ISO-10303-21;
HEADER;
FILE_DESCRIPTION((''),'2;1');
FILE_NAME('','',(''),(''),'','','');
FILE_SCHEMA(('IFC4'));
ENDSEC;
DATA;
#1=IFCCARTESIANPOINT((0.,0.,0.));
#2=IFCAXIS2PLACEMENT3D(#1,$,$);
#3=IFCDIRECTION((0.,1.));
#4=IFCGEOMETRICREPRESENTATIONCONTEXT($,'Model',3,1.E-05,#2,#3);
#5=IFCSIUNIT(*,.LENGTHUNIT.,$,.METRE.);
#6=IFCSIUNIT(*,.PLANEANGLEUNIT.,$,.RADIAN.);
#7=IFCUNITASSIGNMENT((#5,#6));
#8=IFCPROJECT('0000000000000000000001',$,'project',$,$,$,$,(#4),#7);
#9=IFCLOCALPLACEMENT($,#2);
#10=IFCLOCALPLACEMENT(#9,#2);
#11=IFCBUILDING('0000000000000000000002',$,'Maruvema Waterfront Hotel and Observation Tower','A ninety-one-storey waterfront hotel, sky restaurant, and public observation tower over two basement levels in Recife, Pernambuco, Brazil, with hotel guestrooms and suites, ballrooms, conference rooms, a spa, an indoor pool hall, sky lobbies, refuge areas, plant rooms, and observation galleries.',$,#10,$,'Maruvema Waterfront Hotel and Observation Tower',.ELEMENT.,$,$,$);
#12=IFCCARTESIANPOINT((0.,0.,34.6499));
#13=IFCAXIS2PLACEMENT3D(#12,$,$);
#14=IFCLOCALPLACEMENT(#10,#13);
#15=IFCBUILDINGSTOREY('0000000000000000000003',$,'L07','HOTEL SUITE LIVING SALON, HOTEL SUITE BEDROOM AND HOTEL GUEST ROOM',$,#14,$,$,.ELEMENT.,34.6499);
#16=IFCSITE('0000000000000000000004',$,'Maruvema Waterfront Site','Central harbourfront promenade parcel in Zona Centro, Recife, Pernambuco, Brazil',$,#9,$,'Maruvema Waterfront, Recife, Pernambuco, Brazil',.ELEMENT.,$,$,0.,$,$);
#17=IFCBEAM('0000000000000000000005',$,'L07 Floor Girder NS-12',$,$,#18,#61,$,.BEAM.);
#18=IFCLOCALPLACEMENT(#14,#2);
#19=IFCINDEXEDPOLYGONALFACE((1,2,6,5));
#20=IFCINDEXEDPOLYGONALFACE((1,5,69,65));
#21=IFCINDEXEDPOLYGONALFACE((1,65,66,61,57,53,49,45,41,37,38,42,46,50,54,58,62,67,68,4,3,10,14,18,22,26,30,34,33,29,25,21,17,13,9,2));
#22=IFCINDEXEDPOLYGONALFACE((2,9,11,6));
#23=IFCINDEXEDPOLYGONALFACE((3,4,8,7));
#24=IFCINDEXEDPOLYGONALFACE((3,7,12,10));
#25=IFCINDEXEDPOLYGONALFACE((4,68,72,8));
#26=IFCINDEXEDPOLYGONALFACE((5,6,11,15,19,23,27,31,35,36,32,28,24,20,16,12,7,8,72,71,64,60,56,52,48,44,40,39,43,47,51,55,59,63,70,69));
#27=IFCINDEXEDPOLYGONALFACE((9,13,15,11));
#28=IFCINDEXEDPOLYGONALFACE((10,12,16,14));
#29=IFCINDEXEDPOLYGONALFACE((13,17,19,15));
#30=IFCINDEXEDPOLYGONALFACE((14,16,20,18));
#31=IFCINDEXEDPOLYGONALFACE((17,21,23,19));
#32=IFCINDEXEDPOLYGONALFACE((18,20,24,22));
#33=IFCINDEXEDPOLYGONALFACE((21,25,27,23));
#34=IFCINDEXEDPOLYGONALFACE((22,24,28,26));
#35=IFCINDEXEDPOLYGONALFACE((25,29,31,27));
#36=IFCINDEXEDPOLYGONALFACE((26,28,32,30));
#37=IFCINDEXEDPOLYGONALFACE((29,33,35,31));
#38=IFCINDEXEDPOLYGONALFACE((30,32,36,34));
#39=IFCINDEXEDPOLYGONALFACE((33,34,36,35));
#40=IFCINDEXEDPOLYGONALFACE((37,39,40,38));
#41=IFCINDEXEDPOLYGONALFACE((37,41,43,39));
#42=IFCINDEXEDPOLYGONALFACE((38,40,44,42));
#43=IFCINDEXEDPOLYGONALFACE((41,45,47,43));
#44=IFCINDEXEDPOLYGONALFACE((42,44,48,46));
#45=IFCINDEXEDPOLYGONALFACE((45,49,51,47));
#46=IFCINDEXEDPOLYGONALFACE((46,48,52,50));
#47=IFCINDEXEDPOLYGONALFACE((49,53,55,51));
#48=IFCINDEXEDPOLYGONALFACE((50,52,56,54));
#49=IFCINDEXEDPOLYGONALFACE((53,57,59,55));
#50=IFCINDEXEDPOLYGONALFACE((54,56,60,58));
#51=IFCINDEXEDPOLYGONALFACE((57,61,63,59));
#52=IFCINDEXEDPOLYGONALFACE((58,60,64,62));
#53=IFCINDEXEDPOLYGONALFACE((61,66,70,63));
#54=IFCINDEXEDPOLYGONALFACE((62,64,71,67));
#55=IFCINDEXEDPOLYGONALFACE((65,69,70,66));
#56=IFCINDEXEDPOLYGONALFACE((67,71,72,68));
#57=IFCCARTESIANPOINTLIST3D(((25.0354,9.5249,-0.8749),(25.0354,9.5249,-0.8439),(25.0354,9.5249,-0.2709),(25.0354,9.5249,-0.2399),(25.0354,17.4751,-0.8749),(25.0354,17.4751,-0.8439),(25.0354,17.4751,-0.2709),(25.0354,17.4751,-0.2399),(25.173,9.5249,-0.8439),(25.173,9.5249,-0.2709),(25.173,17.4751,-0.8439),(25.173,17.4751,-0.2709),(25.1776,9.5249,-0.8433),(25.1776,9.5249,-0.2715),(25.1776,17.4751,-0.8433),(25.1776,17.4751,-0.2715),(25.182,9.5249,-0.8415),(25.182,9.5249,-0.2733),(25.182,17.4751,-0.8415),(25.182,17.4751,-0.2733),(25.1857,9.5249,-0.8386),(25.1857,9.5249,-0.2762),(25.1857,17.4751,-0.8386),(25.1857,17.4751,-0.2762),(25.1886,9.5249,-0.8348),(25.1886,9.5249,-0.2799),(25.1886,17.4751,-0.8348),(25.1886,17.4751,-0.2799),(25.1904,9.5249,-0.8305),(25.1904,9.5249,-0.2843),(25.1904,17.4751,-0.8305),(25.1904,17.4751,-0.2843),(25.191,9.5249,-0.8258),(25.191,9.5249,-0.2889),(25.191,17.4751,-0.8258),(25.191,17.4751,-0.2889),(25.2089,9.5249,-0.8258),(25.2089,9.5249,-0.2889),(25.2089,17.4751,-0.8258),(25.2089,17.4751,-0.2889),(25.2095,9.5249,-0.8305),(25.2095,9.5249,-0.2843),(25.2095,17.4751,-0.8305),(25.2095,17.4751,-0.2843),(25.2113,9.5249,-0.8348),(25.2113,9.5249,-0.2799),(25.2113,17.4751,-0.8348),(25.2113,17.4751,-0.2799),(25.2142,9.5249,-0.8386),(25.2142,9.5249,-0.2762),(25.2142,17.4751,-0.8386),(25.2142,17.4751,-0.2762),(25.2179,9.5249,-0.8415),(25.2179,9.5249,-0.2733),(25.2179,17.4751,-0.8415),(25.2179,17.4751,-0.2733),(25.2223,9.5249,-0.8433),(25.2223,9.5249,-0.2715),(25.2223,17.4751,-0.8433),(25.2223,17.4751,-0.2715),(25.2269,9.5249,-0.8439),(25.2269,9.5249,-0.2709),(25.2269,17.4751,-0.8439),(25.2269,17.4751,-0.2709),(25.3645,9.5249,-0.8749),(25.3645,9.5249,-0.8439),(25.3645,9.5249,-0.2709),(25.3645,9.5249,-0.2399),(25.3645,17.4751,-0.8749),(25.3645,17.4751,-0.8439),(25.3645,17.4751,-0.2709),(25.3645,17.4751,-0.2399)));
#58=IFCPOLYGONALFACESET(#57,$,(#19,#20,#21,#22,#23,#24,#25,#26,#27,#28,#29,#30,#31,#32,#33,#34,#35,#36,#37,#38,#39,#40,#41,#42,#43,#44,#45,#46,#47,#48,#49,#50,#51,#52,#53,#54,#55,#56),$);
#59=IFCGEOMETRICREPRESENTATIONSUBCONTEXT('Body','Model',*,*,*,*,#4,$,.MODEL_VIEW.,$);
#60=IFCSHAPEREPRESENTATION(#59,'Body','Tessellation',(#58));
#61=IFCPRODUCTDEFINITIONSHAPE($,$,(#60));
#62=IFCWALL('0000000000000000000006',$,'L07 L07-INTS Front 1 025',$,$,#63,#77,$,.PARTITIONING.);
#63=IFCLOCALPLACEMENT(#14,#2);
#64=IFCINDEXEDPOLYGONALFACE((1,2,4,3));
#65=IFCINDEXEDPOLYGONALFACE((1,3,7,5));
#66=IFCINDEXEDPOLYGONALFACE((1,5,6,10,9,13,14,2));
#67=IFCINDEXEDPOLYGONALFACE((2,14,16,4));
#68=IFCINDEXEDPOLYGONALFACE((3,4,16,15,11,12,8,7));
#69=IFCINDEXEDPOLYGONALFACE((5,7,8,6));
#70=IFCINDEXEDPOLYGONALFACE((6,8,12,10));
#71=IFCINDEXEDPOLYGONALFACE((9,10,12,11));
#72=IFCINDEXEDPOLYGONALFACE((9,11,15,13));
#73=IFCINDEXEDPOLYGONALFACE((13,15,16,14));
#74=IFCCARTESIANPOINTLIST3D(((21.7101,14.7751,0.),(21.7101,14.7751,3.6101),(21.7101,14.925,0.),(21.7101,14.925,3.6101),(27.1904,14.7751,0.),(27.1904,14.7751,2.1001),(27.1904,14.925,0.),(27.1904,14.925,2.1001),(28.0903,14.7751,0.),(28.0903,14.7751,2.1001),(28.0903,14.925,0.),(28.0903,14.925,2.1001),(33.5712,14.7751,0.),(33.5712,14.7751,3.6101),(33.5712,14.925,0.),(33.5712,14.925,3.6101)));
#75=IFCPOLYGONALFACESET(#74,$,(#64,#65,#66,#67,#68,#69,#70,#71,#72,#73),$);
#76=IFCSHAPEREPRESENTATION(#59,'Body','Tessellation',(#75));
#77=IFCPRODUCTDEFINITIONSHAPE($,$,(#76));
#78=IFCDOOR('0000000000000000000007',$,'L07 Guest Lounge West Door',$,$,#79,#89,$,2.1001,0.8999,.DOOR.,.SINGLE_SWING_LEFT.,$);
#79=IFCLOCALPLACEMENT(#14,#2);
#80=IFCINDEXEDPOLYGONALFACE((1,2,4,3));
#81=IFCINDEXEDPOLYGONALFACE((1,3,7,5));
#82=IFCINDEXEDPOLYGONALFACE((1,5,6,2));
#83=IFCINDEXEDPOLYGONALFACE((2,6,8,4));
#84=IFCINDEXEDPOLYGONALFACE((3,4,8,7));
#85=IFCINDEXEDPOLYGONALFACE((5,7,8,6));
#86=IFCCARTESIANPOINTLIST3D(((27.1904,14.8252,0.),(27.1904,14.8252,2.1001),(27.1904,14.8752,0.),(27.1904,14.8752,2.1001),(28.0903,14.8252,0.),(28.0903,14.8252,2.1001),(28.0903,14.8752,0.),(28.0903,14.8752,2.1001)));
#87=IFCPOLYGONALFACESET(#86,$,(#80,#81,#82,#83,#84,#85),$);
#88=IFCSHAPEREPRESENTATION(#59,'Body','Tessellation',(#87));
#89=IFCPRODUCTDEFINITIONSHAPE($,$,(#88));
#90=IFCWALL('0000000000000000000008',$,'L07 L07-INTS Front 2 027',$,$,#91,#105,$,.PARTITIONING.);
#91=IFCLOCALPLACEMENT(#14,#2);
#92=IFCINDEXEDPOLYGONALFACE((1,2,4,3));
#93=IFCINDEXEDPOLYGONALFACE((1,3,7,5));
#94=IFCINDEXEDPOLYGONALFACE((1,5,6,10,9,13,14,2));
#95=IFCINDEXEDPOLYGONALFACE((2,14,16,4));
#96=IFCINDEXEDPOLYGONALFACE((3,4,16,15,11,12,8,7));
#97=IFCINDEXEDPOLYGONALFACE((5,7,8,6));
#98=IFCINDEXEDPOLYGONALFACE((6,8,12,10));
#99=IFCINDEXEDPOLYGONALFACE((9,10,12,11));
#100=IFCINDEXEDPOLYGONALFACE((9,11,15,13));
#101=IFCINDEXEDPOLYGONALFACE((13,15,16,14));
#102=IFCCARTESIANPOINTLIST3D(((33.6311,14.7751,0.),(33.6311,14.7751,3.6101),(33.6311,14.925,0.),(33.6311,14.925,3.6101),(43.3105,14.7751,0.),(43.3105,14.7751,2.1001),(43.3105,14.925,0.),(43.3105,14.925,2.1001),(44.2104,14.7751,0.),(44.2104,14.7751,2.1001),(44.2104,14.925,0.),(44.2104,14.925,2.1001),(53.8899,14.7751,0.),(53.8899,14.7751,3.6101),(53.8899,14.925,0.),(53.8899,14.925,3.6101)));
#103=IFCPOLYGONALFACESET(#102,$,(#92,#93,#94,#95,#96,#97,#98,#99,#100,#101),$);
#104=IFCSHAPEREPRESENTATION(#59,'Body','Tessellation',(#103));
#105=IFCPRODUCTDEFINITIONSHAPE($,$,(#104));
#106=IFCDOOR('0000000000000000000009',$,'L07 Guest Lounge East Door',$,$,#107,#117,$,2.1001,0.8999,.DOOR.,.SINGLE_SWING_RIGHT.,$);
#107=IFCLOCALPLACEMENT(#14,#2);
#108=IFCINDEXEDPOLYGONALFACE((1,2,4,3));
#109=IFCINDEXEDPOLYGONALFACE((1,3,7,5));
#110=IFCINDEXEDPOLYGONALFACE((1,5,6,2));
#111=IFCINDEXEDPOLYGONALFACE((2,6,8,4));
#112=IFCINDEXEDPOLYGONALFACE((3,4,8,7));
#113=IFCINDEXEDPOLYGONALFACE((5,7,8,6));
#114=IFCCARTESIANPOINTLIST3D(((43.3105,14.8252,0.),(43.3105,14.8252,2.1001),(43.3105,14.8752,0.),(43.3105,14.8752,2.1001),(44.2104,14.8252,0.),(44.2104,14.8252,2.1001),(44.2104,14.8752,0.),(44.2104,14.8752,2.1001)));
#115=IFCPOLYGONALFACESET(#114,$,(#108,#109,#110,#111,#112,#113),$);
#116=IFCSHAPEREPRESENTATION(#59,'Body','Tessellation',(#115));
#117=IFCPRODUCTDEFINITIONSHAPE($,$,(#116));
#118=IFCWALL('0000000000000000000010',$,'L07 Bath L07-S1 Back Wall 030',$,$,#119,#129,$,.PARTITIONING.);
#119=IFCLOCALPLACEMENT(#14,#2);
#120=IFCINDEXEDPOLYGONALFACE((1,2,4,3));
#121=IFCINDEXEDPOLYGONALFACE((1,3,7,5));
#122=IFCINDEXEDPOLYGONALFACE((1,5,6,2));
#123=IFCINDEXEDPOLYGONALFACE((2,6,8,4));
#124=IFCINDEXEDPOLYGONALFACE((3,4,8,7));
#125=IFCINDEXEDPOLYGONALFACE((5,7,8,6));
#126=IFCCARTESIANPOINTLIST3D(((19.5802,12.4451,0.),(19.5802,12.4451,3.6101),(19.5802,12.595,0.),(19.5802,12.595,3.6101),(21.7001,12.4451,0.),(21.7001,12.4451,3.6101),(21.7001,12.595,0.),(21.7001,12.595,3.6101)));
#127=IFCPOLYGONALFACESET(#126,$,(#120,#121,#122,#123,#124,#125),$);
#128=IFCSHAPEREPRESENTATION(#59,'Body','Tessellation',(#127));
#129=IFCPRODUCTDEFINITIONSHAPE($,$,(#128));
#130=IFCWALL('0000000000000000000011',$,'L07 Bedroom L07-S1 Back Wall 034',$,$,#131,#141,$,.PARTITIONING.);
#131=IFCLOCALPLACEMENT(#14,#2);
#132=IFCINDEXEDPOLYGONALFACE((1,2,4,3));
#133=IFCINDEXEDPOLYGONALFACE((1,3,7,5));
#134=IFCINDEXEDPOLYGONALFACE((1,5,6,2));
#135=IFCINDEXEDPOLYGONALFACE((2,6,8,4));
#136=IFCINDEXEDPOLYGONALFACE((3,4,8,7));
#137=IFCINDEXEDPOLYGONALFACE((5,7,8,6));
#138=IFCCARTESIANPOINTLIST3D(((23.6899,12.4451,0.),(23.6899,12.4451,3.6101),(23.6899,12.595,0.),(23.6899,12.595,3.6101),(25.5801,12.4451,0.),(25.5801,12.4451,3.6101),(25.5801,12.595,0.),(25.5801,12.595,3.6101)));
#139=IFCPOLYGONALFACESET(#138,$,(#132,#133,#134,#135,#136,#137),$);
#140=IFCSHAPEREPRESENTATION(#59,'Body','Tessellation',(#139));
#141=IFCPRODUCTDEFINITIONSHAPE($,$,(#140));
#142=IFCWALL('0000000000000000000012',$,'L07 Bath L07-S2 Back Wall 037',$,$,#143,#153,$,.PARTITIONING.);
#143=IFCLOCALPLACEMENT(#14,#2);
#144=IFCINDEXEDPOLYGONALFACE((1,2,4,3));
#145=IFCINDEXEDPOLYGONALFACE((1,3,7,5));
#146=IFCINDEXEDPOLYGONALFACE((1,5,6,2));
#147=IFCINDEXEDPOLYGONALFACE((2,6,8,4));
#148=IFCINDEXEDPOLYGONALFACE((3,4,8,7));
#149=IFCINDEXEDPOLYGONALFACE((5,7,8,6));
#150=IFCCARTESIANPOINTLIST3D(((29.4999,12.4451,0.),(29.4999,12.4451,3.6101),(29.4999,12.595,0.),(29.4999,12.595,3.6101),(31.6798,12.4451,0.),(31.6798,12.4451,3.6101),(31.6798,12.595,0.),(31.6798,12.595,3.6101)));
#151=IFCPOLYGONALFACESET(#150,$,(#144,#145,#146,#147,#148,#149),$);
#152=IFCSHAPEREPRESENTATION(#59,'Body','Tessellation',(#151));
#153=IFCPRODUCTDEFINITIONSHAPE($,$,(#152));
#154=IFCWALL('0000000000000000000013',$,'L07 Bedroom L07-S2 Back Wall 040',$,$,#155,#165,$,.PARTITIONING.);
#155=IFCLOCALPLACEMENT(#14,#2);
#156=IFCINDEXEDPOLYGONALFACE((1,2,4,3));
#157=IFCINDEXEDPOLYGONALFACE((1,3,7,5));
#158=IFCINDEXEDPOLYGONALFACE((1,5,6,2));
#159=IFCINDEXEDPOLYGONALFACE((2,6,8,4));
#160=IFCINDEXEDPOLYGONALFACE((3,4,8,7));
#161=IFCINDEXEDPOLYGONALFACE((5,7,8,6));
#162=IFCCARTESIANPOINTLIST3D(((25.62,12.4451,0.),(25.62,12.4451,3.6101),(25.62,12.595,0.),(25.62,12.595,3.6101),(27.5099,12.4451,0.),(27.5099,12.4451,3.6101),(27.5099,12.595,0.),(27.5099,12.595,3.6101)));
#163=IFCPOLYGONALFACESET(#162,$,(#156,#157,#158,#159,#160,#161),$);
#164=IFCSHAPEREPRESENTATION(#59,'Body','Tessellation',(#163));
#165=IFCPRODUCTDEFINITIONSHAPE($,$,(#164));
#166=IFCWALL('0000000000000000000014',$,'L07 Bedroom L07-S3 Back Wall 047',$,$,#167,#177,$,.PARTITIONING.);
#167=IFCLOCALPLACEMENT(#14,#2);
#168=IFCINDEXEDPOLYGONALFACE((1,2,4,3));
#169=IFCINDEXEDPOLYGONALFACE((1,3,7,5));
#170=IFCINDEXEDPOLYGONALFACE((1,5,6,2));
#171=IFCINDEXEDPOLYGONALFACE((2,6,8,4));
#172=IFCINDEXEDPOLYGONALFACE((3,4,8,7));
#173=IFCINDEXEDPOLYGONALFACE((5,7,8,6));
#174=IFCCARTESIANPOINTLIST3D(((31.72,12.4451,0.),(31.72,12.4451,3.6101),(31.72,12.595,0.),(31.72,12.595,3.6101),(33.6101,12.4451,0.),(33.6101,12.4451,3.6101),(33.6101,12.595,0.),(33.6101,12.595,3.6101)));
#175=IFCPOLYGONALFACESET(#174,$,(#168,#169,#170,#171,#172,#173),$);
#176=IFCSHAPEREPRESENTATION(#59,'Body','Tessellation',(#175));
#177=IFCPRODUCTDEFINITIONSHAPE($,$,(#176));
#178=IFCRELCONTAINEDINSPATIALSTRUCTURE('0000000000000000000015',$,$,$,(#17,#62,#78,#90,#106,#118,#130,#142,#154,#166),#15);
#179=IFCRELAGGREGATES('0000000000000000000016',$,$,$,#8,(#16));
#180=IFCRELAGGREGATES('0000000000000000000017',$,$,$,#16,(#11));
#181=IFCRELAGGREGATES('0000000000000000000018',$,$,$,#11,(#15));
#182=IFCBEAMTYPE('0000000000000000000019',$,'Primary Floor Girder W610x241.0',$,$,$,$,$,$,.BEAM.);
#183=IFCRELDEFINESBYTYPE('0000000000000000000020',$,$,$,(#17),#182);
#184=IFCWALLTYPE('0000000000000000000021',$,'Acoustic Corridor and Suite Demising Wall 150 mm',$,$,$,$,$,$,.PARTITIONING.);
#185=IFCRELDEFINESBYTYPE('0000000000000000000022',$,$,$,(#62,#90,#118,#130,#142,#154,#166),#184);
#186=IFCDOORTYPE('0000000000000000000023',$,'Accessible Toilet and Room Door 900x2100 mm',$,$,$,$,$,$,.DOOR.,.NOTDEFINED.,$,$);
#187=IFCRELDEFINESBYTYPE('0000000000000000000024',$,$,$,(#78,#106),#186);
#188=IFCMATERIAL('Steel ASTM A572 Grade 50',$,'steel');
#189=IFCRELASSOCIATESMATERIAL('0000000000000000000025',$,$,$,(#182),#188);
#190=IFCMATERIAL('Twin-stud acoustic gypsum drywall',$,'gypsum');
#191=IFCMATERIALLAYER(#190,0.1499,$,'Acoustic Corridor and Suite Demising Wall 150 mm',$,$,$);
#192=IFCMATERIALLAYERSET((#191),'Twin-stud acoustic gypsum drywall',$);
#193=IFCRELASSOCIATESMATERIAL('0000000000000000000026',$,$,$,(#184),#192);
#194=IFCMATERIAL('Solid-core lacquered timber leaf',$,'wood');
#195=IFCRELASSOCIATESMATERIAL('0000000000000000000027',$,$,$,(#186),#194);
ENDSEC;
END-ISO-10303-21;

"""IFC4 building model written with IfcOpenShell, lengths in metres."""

from ifc_helpers import new_model, si_unit, direction, frame, frame_2d, origin, origin_2d, place, context, subcontext, project, spatial, rectangle, i_section, extrude, material, layer, layer_set, material_profile, profile_set, type_object, element, fill, save


model = new_model("IFC4")

# Units and contexts
model_context = context("Model", 3, precision=1e-05, world=origin(), true_north=direction((0.0, 1.0)))
body_context = subcontext(model_context, "Body", "Model", "MODEL_VIEW")
ifc_project = project(units=[si_unit("LENGTHUNIT", "METRE"), si_unit("PLANEANGLEUNIT", "RADIAN")], contexts=[model_context])

# Site, building, storey
site_placement = place(None, origin())
site = spatial("IfcSite", under=ifc_project, at=site_placement, Name="Maruvema Waterfront Site", Description="Central harbourfront promenade parcel in Zona Centro, Recife, Pernambuco, Brazil", LongName="Maruvema Waterfront, Recife, Pernambuco, Brazil", CompositionType="ELEMENT", RefElevation=0.0)
building_placement = place(site_placement, origin())
building = spatial("IfcBuilding", under=site, at=building_placement, Name="Maruvema Waterfront Hotel and Observation Tower", Description="A ninety-one-storey waterfront hotel, sky restaurant, and public observation tower over two basement levels in Recife, Pernambuco, Brazil, with hotel guestrooms and suites, ballrooms, conference rooms, a spa, an indoor pool hall, sky lobbies, refuge areas, plant rooms, and observation galleries.", LongName="Maruvema Waterfront Hotel and Observation Tower", CompositionType="ELEMENT")
storey_placement = place(building_placement, frame((0.0, 0.0, 34.6499)))
storey = spatial("IfcBuildingStorey", under=building, at=storey_placement, Name="L07", Description="HOTEL SUITE LIVING SALON, HOTEL SUITE BEDROOM AND HOTEL GUEST ROOM", CompositionType="ELEMENT", Elevation=34.6499)

# Beam
ifc_material_1 = material(Name="Steel ASTM A572 Grade 50", Category="steel")
ifc_material_profile = material_profile(ifc_material_1, i_section(OverallWidth=0.3291, OverallDepth=0.635, WebThickness=0.0178, FlangeThickness=0.031, FilletRadius=0.0181, at=origin_2d()), Name="W610x241.0")
ifc_profile_set = profile_set([ifc_material_profile], Name="Steel ASTM A572 Grade 50")
beam_type = type_object("IfcBeamType", Name="Primary Floor Girder W610x241.0", PredefinedType="BEAM", material=ifc_profile_set)
beam_placement = place(storey_placement, frame((25.2, 9.5249, -0.5574), z_axis=(0.0, 1.0, 0.0), x_axis=(-1.0, 0.0, 0.0)))
element("IfcBeam", 1, at=beam_placement, inside=storey, type_object=beam_type, Name="L07 Floor Girder NS-12", PredefinedType="BEAM", context=body_context, shape_type="SweptSolid", body=[
    extrude(i_section(OverallWidth=0.3291, OverallDepth=0.635, WebThickness=0.0178, FlangeThickness=0.031, FilletRadius=0.0181, at=origin_2d()), origin(), (0.0, 0.0, 1.0), 7.9502),
])

# Walls, openings, doors
ifc_material_2 = material(Name="Twin-stud acoustic gypsum drywall", Category="gypsum")
ifc_layer_1 = layer(ifc_material_2, 0.1499, Name="Acoustic Corridor and Suite Demising Wall 150 mm")
ifc_layer_set_1 = layer_set([ifc_layer_1], Name="Twin-stud acoustic gypsum drywall")
wall_type_1 = type_object("IfcWallType", Name="Acoustic Corridor and Suite Demising Wall 150 mm", PredefinedType="PARTITIONING", material=ifc_layer_set_1)
wall_1_placement = place(storey_placement, frame((21.71, 14.8501, 0.0), z_axis=(0.0, 0.0, 1.0), x_axis=(1.0, 0.0, 0.0)))
wall_1 = element("IfcWall", 2, at=wall_1_placement, inside=storey, type_object=wall_type_1, Name="L07 L07-INTS Front 1 025", PredefinedType="PARTITIONING", context=body_context, shape_type="SweptSolid", body=[
    extrude(rectangle(XDim=11.8611, YDim=0.1499, at=frame_2d((5.9307, 0.0))), origin(), (0.0, 0.0, 1.0), 3.6101),
])
opening_1_placement = place(wall_1_placement, frame((5.4805, 0.0, 0.0)))
opening_1 = element("IfcOpeningElement", 3, at=opening_1_placement, cuts=wall_1, PredefinedType="OPENING", context=body_context, shape_type="SweptSolid", body=[
    extrude(rectangle(XDim=0.8999, YDim=2.1001, at=frame_2d((0.45, 1.05))), frame((0.0, 0.085, 0.0), z_axis=(0.0, -1.0, 0.0), x_axis=(1.0, 0.0, 0.0)), (0.0, 0.0, 1.0), 0.1699),
])
ifc_material_3 = material(Name="Solid-core lacquered timber leaf", Category="wood")
door_type_1 = type_object("IfcDoorType", Name="Accessible Toilet and Room Door 900x2100 mm", OperationType="NOTDEFINED", PredefinedType="DOOR", material=ifc_material_3)
door_1_placement = place(opening_1_placement, frame((0.8999, 0.0, 0.0), z_axis=(0.0, 0.0, 1.0), x_axis=(-1.0, 0.0, 0.0)))
door_1 = element("IfcDoor", 4, at=door_1_placement, inside=storey, type_object=door_type_1, Name="L07 Guest Lounge West Door", OperationType="SINGLE_SWING_LEFT", OverallHeight=2.1001, OverallWidth=0.8999, PredefinedType="DOOR", context=body_context, shape_type="SweptSolid", body=[
    extrude(rectangle(XDim=0.8999, YDim=2.1001, at=frame_2d((0.45, 1.05))), frame((0.0, 0.0249, 0.0), z_axis=(0.0, -1.0, 0.0), x_axis=(1.0, 0.0, 0.0)), (0.0, 0.0, 1.0), 0.05),
])
fill(opening_1, door_1)
wall_2_placement = place(storey_placement, frame((33.6311, 14.8501, 0.0), z_axis=(0.0, 0.0, 1.0), x_axis=(1.0, 0.0, 0.0)))
wall_2 = element("IfcWall", 5, at=wall_2_placement, inside=storey, type_object=wall_type_1, Name="L07 L07-INTS Front 2 027", PredefinedType="PARTITIONING", context=body_context, shape_type="SweptSolid", body=[
    extrude(rectangle(XDim=20.2588, YDim=0.1499, at=frame_2d((10.1294, 0.0))), origin(), (0.0, 0.0, 1.0), 3.6101),
])
opening_2_placement = place(wall_2_placement, frame((9.6794, 0.0, 0.0)))
opening_2 = element("IfcOpeningElement", 6, at=opening_2_placement, cuts=wall_2, PredefinedType="OPENING", context=body_context, shape_type="SweptSolid", body=[
    extrude(rectangle(XDim=0.8999, YDim=2.1001, at=frame_2d((0.45, 1.05))), frame((0.0, 0.085, 0.0), z_axis=(0.0, -1.0, 0.0), x_axis=(1.0, 0.0, 0.0)), (0.0, 0.0, 1.0), 0.1699),
])
door_2_placement = place(opening_2_placement, frame((0.8999, 0.0, 0.0), z_axis=(0.0, 0.0, 1.0), x_axis=(-1.0, 0.0, 0.0)))
door_2 = element("IfcDoor", 7, at=door_2_placement, inside=storey, type_object=door_type_1, Name="L07 Guest Lounge East Door", OperationType="SINGLE_SWING_RIGHT", OverallHeight=2.1001, OverallWidth=0.8999, PredefinedType="DOOR", context=body_context, shape_type="SweptSolid", body=[
    extrude(rectangle(XDim=0.8999, YDim=2.1001, at=frame_2d((0.45, 1.05))), frame((0.0, 0.0249, 0.0), z_axis=(0.0, -1.0, 0.0), x_axis=(1.0, 0.0, 0.0)), (0.0, 0.0, 1.0), 0.05),
])
fill(opening_2, door_2)

# Wall
wall_3_placement = place(storey_placement, frame((19.5801, 12.52, 0.0), z_axis=(0.0, 0.0, 1.0), x_axis=(1.0, 0.0, 0.0)))
element("IfcWall", 8, at=wall_3_placement, inside=storey, type_object=wall_type_1, Name="L07 Bath L07-S1 Back Wall 030", PredefinedType="PARTITIONING", context=body_context, shape_type="SweptSolid", body=[
    extrude(rectangle(XDim=2.1199, YDim=0.1499, at=frame_2d((1.0601, 0.0))), origin(), (0.0, 0.0, 1.0), 3.6101),
])

# Walls
wall_4_placement = place(storey_placement, frame((23.6899, 12.52, 0.0), z_axis=(0.0, 0.0, 1.0), x_axis=(1.0, 0.0, 0.0)))
element("IfcWall", 9, at=wall_4_placement, inside=storey, type_object=wall_type_1, Name="L07 Bedroom L07-S1 Back Wall 034", PredefinedType="PARTITIONING", context=body_context, shape_type="SweptSolid", body=[
    extrude(rectangle(XDim=1.8901, YDim=0.1499, at=frame_2d((0.9451, 0.0))), origin(), (0.0, 0.0, 1.0), 3.6101),
])
wall_5_placement = place(storey_placement, frame((29.5, 12.52, 0.0), z_axis=(0.0, 0.0, 1.0), x_axis=(1.0, 0.0, 0.0)))
element("IfcWall", 10, at=wall_5_placement, inside=storey, type_object=wall_type_1, Name="L07 Bath L07-S2 Back Wall 037", PredefinedType="PARTITIONING", context=body_context, shape_type="SweptSolid", body=[
    extrude(rectangle(XDim=2.1799, YDim=0.1499, at=frame_2d((1.0898, 0.0))), origin(), (0.0, 0.0, 1.0), 3.6101),
])
wall_6_placement = place(storey_placement, frame((25.6201, 12.52, 0.0), z_axis=(0.0, 0.0, 1.0), x_axis=(1.0, 0.0, 0.0)))
element("IfcWall", 11, at=wall_6_placement, inside=storey, type_object=wall_type_1, Name="L07 Bedroom L07-S2 Back Wall 040", PredefinedType="PARTITIONING", context=body_context, shape_type="SweptSolid", body=[
    extrude(rectangle(XDim=1.8899, YDim=0.1499, at=frame_2d((0.9448, 0.0))), origin(), (0.0, 0.0, 1.0), 3.6101),
])

# Wall
wall_7_placement = place(storey_placement, frame((31.72, 12.52, 0.0), z_axis=(0.0, 0.0, 1.0), x_axis=(1.0, 0.0, 0.0)))
element("IfcWall", 12, at=wall_7_placement, inside=storey, type_object=wall_type_1, Name="L07 Bedroom L07-S3 Back Wall 047", PredefinedType="PARTITIONING", context=body_context, shape_type="SweptSolid", body=[
    extrude(rectangle(XDim=1.8901, YDim=0.1499, at=frame_2d((0.9451, 0.0))), origin(), (0.0, 0.0, 1.0), 3.6101),
])

save(model, "model.ifc")
